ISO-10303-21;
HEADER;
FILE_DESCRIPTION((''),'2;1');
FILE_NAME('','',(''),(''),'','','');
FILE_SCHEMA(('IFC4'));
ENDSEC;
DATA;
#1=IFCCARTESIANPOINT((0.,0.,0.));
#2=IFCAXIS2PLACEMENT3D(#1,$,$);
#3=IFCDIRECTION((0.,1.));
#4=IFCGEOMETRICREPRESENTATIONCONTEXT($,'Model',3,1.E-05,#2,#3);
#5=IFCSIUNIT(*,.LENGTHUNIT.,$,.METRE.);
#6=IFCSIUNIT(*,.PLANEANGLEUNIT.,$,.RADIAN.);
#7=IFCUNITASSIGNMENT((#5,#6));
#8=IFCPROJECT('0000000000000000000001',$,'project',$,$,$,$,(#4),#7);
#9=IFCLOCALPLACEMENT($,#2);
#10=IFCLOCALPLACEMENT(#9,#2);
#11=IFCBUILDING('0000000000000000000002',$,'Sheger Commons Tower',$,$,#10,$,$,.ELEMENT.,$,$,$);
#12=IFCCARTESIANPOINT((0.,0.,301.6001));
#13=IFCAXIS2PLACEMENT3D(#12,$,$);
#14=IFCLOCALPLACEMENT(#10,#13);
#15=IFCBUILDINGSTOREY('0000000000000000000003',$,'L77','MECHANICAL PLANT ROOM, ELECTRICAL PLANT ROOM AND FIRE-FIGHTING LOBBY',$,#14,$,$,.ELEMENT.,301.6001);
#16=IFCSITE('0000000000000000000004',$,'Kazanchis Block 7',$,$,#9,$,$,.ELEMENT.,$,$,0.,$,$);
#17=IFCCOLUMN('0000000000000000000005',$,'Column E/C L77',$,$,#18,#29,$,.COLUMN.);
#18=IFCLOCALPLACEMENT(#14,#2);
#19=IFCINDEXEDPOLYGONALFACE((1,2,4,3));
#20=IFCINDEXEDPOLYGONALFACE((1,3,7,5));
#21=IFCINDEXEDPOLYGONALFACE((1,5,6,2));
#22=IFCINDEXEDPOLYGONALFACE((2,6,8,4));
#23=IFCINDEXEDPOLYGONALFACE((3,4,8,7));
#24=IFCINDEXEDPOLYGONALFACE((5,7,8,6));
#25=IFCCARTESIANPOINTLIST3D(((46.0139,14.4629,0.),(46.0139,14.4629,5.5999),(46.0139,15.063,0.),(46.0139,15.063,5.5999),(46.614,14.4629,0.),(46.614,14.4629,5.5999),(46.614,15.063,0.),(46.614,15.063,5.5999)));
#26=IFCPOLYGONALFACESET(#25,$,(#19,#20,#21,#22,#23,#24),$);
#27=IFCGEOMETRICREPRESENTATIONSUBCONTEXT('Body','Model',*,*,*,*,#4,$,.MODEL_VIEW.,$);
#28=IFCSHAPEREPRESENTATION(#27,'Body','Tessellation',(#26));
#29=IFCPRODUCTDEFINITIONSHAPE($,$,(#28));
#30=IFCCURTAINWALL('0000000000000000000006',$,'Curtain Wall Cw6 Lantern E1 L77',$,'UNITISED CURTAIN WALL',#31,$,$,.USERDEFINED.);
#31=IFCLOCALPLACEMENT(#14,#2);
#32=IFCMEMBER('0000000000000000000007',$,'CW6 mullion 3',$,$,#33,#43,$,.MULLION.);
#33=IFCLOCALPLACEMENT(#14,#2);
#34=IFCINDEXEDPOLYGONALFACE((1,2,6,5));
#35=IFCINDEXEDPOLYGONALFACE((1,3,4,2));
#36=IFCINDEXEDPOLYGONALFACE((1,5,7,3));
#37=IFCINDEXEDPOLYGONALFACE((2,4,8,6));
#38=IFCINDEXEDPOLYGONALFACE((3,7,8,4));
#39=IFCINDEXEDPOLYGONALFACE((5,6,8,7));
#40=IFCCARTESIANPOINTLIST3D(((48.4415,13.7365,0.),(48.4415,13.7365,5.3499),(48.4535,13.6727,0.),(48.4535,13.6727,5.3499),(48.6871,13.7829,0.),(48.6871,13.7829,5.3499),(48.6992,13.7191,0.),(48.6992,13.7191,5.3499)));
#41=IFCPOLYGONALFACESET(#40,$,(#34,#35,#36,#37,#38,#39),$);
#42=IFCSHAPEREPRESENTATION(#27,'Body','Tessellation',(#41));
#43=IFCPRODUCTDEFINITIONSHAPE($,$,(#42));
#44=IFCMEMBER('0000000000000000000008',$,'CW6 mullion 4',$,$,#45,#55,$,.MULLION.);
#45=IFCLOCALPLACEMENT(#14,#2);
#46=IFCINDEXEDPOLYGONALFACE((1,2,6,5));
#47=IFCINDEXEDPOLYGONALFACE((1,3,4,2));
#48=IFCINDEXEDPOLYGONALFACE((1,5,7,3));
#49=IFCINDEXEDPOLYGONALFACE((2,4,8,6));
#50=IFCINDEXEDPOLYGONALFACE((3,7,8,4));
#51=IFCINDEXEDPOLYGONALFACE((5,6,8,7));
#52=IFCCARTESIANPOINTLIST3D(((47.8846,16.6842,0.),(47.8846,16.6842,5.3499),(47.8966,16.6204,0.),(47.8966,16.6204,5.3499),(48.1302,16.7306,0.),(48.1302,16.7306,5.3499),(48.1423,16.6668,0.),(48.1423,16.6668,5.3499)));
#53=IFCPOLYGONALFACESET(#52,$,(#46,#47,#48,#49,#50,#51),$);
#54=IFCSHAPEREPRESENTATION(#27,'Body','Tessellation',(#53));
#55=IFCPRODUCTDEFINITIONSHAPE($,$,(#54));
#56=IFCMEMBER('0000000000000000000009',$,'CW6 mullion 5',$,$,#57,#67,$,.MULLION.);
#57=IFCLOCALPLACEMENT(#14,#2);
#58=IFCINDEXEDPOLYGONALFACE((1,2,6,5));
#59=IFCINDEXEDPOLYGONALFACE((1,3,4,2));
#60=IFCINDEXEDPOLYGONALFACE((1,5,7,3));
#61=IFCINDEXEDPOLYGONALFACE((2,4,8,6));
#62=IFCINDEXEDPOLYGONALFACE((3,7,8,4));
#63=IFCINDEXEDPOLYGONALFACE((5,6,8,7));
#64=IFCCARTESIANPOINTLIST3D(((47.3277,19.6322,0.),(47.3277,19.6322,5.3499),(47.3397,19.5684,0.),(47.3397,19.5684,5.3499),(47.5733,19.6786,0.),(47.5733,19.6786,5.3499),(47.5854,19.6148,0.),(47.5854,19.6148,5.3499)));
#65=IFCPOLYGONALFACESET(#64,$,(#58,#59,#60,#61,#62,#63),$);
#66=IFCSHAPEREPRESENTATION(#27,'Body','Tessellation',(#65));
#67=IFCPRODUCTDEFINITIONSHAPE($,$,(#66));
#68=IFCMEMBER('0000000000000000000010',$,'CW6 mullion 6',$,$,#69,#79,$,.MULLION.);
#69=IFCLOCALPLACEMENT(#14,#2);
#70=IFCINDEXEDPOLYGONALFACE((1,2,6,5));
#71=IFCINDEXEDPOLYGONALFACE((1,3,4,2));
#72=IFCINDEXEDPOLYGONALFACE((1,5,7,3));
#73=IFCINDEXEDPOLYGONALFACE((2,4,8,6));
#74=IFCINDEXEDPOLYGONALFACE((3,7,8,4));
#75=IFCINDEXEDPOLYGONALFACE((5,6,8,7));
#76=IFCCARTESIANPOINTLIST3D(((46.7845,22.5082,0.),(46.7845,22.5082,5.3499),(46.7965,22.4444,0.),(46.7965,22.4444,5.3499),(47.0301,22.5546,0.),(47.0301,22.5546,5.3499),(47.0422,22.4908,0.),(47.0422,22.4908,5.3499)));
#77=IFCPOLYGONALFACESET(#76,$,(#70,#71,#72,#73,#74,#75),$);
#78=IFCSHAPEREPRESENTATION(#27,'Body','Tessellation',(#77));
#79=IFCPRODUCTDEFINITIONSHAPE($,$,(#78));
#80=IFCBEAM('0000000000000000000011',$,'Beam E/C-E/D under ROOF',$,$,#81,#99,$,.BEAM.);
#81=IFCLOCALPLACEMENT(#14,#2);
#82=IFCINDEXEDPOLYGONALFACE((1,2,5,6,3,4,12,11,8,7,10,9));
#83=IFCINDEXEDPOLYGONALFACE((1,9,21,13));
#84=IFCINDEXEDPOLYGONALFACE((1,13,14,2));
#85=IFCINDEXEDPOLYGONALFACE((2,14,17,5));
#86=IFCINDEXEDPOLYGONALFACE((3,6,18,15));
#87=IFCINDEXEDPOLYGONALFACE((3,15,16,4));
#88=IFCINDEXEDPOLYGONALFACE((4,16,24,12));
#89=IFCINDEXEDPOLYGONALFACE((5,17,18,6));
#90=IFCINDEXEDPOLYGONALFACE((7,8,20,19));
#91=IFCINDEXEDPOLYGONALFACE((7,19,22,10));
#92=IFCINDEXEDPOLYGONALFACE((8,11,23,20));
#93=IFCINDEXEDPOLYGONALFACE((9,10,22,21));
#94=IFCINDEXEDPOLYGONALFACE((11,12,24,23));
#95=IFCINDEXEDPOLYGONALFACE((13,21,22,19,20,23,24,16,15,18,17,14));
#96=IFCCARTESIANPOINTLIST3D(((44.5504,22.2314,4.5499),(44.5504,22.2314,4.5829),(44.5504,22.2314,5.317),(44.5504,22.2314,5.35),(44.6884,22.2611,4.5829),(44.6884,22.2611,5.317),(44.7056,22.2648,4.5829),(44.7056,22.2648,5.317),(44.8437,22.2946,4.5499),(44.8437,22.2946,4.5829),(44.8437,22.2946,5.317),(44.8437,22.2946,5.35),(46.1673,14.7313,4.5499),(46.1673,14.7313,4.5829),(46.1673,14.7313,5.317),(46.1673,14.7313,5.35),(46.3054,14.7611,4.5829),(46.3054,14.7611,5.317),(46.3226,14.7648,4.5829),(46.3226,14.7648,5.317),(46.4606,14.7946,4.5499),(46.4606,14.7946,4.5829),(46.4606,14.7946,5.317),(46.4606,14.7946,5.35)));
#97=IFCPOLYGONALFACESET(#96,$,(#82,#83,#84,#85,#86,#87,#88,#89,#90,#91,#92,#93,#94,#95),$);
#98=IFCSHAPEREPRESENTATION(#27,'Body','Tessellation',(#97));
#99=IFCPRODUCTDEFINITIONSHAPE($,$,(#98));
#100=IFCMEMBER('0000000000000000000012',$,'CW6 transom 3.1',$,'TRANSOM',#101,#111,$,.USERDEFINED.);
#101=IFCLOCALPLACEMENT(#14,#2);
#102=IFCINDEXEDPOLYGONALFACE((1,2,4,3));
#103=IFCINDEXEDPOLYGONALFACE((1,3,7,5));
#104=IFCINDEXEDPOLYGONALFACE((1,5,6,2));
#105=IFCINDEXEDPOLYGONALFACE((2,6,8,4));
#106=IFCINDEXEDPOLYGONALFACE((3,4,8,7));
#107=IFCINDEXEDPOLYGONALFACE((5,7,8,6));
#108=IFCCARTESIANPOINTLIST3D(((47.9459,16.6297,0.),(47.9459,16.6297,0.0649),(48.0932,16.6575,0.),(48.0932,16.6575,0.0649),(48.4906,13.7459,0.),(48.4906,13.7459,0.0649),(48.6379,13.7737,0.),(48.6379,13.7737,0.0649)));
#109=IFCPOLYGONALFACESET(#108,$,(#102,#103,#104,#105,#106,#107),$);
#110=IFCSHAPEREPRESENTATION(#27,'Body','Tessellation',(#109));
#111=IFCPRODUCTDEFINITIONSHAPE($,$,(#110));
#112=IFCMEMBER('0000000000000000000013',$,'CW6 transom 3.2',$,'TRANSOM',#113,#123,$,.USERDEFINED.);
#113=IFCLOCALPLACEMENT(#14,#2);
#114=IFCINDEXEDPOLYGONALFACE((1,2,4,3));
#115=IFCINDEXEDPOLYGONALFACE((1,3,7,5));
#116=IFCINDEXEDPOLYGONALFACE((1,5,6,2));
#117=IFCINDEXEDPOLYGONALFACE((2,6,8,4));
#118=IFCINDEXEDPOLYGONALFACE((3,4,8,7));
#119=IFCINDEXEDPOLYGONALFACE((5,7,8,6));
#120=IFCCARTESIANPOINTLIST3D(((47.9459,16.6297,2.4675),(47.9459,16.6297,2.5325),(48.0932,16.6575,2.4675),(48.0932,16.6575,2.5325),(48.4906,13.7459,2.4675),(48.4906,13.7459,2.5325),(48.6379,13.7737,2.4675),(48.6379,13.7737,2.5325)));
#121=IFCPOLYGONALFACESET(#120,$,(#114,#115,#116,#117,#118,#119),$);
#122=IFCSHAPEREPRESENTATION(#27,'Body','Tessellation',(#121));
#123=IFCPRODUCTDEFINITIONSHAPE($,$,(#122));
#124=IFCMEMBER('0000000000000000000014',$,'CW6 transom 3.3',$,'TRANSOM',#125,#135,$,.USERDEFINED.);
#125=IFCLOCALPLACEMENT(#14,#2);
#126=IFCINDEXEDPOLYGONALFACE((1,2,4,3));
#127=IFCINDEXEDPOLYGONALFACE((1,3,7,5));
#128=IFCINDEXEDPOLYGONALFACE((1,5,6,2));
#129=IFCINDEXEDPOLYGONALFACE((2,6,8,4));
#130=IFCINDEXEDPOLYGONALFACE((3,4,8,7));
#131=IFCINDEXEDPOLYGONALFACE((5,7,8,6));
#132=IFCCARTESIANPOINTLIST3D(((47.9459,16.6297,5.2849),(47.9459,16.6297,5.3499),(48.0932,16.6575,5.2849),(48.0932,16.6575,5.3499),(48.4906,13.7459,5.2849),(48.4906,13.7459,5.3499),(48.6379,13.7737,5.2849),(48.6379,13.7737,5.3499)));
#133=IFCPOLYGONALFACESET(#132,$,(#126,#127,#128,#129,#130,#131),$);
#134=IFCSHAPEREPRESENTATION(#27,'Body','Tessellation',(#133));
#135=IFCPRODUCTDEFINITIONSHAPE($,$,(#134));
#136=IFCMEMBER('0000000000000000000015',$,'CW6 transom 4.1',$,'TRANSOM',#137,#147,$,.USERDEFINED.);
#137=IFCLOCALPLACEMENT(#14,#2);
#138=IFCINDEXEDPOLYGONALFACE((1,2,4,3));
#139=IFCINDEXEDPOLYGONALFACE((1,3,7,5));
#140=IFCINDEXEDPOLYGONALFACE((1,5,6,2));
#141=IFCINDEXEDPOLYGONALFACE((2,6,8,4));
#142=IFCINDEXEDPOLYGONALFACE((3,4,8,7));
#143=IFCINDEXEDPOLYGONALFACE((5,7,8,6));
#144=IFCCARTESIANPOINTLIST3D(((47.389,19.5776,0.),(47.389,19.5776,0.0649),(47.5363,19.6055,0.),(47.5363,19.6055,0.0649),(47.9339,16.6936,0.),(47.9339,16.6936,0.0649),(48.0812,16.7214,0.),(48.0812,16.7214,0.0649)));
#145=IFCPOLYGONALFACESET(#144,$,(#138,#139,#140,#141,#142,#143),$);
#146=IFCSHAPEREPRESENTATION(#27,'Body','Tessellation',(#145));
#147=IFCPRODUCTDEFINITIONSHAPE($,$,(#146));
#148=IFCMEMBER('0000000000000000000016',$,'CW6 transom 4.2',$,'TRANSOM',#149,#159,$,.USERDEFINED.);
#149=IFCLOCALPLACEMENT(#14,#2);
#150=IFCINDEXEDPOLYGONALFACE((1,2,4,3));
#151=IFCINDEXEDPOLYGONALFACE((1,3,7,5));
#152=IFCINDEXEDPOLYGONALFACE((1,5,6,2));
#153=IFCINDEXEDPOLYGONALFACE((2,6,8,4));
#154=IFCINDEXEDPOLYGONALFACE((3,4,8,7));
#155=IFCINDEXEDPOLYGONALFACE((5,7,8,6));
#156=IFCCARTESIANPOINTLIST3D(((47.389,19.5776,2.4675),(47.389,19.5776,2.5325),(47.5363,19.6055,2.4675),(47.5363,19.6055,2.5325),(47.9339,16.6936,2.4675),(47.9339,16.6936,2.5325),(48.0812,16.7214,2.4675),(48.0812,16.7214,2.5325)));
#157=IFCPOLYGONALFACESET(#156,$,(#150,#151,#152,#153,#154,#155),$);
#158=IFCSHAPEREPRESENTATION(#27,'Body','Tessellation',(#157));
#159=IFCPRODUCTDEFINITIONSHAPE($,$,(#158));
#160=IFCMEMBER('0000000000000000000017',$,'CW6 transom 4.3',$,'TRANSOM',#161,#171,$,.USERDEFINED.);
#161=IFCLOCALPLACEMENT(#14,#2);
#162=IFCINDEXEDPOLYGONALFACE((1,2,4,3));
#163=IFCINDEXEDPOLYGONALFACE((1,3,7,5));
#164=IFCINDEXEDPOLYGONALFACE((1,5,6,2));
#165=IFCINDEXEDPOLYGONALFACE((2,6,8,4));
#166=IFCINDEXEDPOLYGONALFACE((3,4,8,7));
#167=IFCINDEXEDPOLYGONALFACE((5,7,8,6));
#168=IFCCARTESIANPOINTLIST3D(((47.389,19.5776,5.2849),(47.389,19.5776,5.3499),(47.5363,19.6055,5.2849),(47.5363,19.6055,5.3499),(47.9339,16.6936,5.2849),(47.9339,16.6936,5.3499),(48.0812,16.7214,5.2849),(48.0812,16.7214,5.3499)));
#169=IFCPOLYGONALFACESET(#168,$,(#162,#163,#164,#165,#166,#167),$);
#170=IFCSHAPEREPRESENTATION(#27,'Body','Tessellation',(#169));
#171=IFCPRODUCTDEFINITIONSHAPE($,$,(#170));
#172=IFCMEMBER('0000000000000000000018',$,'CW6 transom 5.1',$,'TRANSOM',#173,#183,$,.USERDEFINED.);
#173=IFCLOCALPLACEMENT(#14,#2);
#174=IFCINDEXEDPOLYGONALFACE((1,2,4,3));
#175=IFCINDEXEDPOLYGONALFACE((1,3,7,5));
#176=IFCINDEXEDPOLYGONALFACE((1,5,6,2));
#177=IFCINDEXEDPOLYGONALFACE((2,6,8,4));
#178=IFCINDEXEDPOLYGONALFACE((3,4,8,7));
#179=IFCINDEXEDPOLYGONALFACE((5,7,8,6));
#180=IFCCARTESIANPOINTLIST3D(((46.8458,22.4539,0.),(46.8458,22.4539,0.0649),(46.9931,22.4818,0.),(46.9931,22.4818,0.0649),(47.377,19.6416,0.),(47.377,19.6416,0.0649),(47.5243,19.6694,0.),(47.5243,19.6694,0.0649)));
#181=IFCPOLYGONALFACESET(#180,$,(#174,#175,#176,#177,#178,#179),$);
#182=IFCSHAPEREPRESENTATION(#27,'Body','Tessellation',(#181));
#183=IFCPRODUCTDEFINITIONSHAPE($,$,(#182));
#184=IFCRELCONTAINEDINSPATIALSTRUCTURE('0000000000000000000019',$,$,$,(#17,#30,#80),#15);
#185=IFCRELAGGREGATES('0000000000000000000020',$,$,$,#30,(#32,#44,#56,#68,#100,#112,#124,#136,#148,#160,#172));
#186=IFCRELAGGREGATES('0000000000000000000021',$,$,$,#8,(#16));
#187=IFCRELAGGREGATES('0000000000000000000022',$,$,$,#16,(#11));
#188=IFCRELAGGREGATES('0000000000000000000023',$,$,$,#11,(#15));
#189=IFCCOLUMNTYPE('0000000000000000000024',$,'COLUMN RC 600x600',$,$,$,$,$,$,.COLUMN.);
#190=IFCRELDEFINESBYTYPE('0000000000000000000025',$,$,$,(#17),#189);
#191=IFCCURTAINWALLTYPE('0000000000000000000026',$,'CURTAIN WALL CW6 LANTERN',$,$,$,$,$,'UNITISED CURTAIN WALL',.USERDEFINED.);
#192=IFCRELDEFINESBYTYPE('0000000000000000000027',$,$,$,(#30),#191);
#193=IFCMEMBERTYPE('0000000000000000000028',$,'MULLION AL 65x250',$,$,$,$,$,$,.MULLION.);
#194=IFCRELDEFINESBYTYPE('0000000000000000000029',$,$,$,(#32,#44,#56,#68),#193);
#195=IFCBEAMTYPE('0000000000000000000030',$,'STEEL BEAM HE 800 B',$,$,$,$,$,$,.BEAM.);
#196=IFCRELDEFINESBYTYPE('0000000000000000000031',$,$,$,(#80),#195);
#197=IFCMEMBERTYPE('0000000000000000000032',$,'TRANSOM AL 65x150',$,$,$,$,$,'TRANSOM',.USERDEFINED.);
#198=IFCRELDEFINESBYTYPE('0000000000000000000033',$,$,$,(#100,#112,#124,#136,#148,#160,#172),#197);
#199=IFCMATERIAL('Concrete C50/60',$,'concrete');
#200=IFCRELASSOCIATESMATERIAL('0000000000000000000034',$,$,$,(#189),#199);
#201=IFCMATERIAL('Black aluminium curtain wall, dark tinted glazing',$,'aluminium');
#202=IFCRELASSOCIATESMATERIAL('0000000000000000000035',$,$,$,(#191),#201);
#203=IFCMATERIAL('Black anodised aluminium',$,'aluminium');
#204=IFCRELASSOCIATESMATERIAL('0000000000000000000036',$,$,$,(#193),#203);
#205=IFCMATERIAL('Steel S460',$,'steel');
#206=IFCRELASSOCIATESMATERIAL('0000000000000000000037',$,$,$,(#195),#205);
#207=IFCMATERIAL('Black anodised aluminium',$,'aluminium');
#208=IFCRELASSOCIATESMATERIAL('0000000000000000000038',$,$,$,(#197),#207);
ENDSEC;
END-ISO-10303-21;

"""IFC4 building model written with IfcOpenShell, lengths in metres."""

from ifc_helpers import new_model, si_unit, direction, frame, origin, origin_2d, place, context, subcontext, project, spatial, rectangle, i_section, extrude, material, material_profile, profile_set, type_object, element, aggregate, save


model = new_model("IFC4")

# Units and contexts
model_context = context("Model", 3, precision=1e-05, world=origin(), true_north=direction((0.0, 1.0)))
body_context = subcontext(model_context, "Body", "Model", "MODEL_VIEW")
ifc_project = project(units=[si_unit("LENGTHUNIT", "METRE"), si_unit("PLANEANGLEUNIT", "RADIAN")], contexts=[model_context])

# Site, building, storey
site_placement = place(None, origin())
site = spatial("IfcSite", under=ifc_project, at=site_placement, Name="Kazanchis Block 7", CompositionType="ELEMENT", RefElevation=0.0)
building_placement = place(site_placement, origin())
building = spatial("IfcBuilding", under=site, at=building_placement, Name="Sheger Commons Tower", CompositionType="ELEMENT")
storey_placement = place(building_placement, frame((0.0, 0.0, 301.6001)))
storey = spatial("IfcBuildingStorey", under=building, at=storey_placement, Name="L77", Description="MECHANICAL PLANT ROOM, ELECTRICAL PLANT ROOM AND FIRE-FIGHTING LOBBY", CompositionType="ELEMENT", Elevation=301.6001)

# Column
ifc_material_1 = material(Name="Concrete C50/60", Category="concrete")
ifc_material_profile_1 = material_profile(ifc_material_1, rectangle(XDim=0.6001, YDim=0.6001, at=origin_2d()), Name="RC 600x600")
ifc_profile_set_1 = profile_set([ifc_material_profile_1], Name="Concrete C50/60")
column_type = type_object("IfcColumnType", Name="COLUMN RC 600x600", PredefinedType="COLUMN", material=ifc_profile_set_1)
column_placement = place(storey_placement, frame((46.314, 14.7629, 0.0), z_axis=(0.0, 0.0, 1.0), x_axis=(1.0, 0.0, 0.0)))
element("IfcColumn", 1, at=column_placement, inside=storey, type_object=column_type, Name="Column E/C L77", PredefinedType="COLUMN", context=body_context, shape_type="SweptSolid", body=[
    extrude(rectangle(XDim=0.6001, YDim=0.6001, at=origin_2d()), origin(), (0.0, 0.0, 1.0), 5.5999),
])

# Curtain wall, members
ifc_material_2 = material(Name="Black aluminium curtain wall, dark tinted glazing", Category="aluminium")
curtain_wall_type = type_object("IfcCurtainWallType", Name="CURTAIN WALL CW6 LANTERN", ElementType="UNITISED CURTAIN WALL", PredefinedType="USERDEFINED", material=ifc_material_2)
curtain_wall_placement = place(storey_placement, origin())
curtain_wall = element("IfcCurtainWall", 2, at=curtain_wall_placement, inside=storey, type_object=curtain_wall_type, Name="Curtain Wall Cw6 Lantern E1 L77", ObjectType="UNITISED CURTAIN WALL", PredefinedType="USERDEFINED")
ifc_material_3 = material(Name="Black anodised aluminium", Category="aluminium")
ifc_material_profile_2 = material_profile(ifc_material_3, rectangle(XDim=0.25, YDim=0.0649, at=origin_2d()), Name="AL 65x250")
ifc_profile_set_2 = profile_set([ifc_material_profile_2], Name="Black anodised aluminium")
member_type_1 = type_object("IfcMemberType", Name="MULLION AL 65x250", PredefinedType="MULLION", material=ifc_profile_set_2)
member_1_placement = place(storey_placement, frame((48.5703, 13.7278, 0.0), z_axis=(0.0, 0.0, 1.0), x_axis=(-0.982623, -0.185613, 0.0)))
member_1 = element("IfcMember", 3, at=member_1_placement, type_object=member_type_1, Name="CW6 mullion 3", PredefinedType="MULLION", context=body_context, shape_type="SweptSolid", body=[
    extrude(rectangle(XDim=0.25, YDim=0.0649, at=origin_2d()), origin(), (0.0, 0.0, 1.0), 5.3499),
])
member_2_placement = place(storey_placement, frame((48.0134, 16.6755, 0.0), z_axis=(0.0, 0.0, 1.0), x_axis=(-0.982623, -0.185613, 0.0)))
member_2 = element("IfcMember", 4, at=member_2_placement, type_object=member_type_1, Name="CW6 mullion 4", PredefinedType="MULLION", context=body_context, shape_type="SweptSolid", body=[
    extrude(rectangle(XDim=0.25, YDim=0.0649, at=origin_2d()), origin(), (0.0, 0.0, 1.0), 5.3499),
])
member_3_placement = place(storey_placement, frame((47.4565, 19.6235, 0.0), z_axis=(0.0, 0.0, 1.0), x_axis=(-0.982623, -0.185613, 0.0)))
member_3 = element("IfcMember", 5, at=member_3_placement, type_object=member_type_1, Name="CW6 mullion 5", PredefinedType="MULLION", context=body_context, shape_type="SweptSolid", body=[
    extrude(rectangle(XDim=0.25, YDim=0.0649, at=origin_2d()), origin(), (0.0, 0.0, 1.0), 5.3499),
])
member_4_placement = place(storey_placement, frame((46.9133, 22.4995, 0.0), z_axis=(0.0, 0.0, 1.0), x_axis=(-0.982623, -0.185613, 0.0)))
member_4 = element("IfcMember", 6, at=member_4_placement, type_object=member_type_1, Name="CW6 mullion 6", PredefinedType="MULLION", context=body_context, shape_type="SweptSolid", body=[
    extrude(rectangle(XDim=0.25, YDim=0.0649, at=origin_2d()), origin(), (0.0, 0.0, 1.0), 5.3499),
])

# Beam
ifc_material_4 = material(Name="Steel S460", Category="steel")
ifc_material_profile_3 = material_profile(ifc_material_4, i_section(OverallWidth=0.3, OverallDepth=0.8, WebThickness=0.0176, FlangeThickness=0.033, at=origin_2d()), Name="HE 800 B")
ifc_profile_set_3 = profile_set([ifc_material_profile_3], Name="Steel S460")
beam_type = type_object("IfcBeamType", Name="STEEL BEAM HE 800 B", PredefinedType="BEAM", material=ifc_profile_set_3)
beam_placement = place(storey_placement, frame((46.314, 14.7629, 4.95), z_axis=(-0.21075, 0.97754, 0.0), x_axis=(-0.97754, -0.21075, 0.0)))
element("IfcBeam", 7, at=beam_placement, inside=storey, type_object=beam_type, Name="Beam E/C-E/D under ROOF", PredefinedType="BEAM", context=body_context, shape_type="SweptSolid", body=[
    extrude(i_section(OverallWidth=0.3, OverallDepth=0.8, WebThickness=0.0176, FlangeThickness=0.033, at=origin_2d()), origin(), (0.0, 0.0, 1.0), 7.6724),
])

# Members
ifc_material_5 = material(Name="Black anodised aluminium", Category="aluminium")
ifc_material_profile_4 = material_profile(ifc_material_5, rectangle(XDim=0.1499, YDim=0.0649, at=origin_2d()), Name="AL 65x150")
ifc_profile_set_4 = profile_set([ifc_material_profile_4], Name="Black anodised aluminium")
member_type_2 = type_object("IfcMemberType", Name="TRANSOM AL 65x150", ElementType="TRANSOM", PredefinedType="USERDEFINED", material=ifc_profile_set_4)
member_5_placement = place(storey_placement, frame((48.5642, 13.7598, 0.0325), z_axis=(-0.185594, 0.982626, 0.0), x_axis=(-0.982626, -0.185594, 0.0)))
member_5 = element("IfcMember", 8, at=member_5_placement, type_object=member_type_2, Name="CW6 transom 3.1", ObjectType="TRANSOM", PredefinedType="USERDEFINED", context=body_context, shape_type="SweptSolid", body=[
    extrude(rectangle(XDim=0.1499, YDim=0.0649, at=origin_2d()), origin(), (0.0, 0.0, 1.0), 2.9348),
])
member_6_placement = place(storey_placement, frame((48.5642, 13.7598, 2.5), z_axis=(-0.185594, 0.982626, 0.0), x_axis=(-0.982626, -0.185594, 0.0)))
member_6 = element("IfcMember", 9, at=member_6_placement, type_object=member_type_2, Name="CW6 transom 3.2", ObjectType="TRANSOM", PredefinedType="USERDEFINED", context=body_context, shape_type="SweptSolid", body=[
    extrude(rectangle(XDim=0.1499, YDim=0.0649, at=origin_2d()), origin(), (0.0, 0.0, 1.0), 2.9348),
])
member_7_placement = place(storey_placement, frame((48.5642, 13.7598, 5.3174), z_axis=(-0.185594, 0.982626, 0.0), x_axis=(-0.982626, -0.185594, 0.0)))
member_7 = element("IfcMember", 10, at=member_7_placement, type_object=member_type_2, Name="CW6 transom 3.3", ObjectType="TRANSOM", PredefinedType="USERDEFINED", context=body_context, shape_type="SweptSolid", body=[
    extrude(rectangle(XDim=0.1499, YDim=0.0649, at=origin_2d()), origin(), (0.0, 0.0, 1.0), 2.9348),
])
member_8_placement = place(storey_placement, frame((48.0076, 16.7075, 0.0325), z_axis=(-0.185659, 0.982614, 0.0), x_axis=(-0.982614, -0.185659, 0.0)))
member_8 = element("IfcMember", 11, at=member_8_placement, type_object=member_type_2, Name="CW6 transom 4.1", ObjectType="TRANSOM", PredefinedType="USERDEFINED", context=body_context, shape_type="SweptSolid", body=[
    extrude(rectangle(XDim=0.1499, YDim=0.0649, at=origin_2d()), origin(), (0.0, 0.0, 1.0), 2.9351),
])
member_9_placement = place(storey_placement, frame((48.0076, 16.7075, 2.5), z_axis=(-0.185659, 0.982614, 0.0), x_axis=(-0.982614, -0.185659, 0.0)))
member_9 = element("IfcMember", 12, at=member_9_placement, type_object=member_type_2, Name="CW6 transom 4.2", ObjectType="TRANSOM", PredefinedType="USERDEFINED", context=body_context, shape_type="SweptSolid", body=[
    extrude(rectangle(XDim=0.1499, YDim=0.0649, at=origin_2d()), origin(), (0.0, 0.0, 1.0), 2.9351),
])
member_10_placement = place(storey_placement, frame((48.0076, 16.7075, 5.3174), z_axis=(-0.185659, 0.982614, 0.0), x_axis=(-0.982614, -0.185659, 0.0)))
member_10 = element("IfcMember", 13, at=member_10_placement, type_object=member_type_2, Name="CW6 transom 4.3", ObjectType="TRANSOM", PredefinedType="USERDEFINED", context=body_context, shape_type="SweptSolid", body=[
    extrude(rectangle(XDim=0.1499, YDim=0.0649, at=origin_2d()), origin(), (0.0, 0.0, 1.0), 2.9351),
])
member_11_placement = place(storey_placement, frame((47.4507, 19.6555, 0.0325), z_axis=(-0.185622, 0.982621, 0.0), x_axis=(-0.982621, -0.185622, 0.0)))
member_11 = element("IfcMember", 14, at=member_11_placement, type_object=member_type_2, Name="CW6 transom 5.1", ObjectType="TRANSOM", PredefinedType="USERDEFINED", context=body_context, shape_type="SweptSolid", body=[
    extrude(rectangle(XDim=0.1499, YDim=0.0649, at=origin_2d()), origin(), (0.0, 0.0, 1.0), 2.8621),
])

aggregate(curtain_wall, [member_1, member_2, member_3, member_4, member_5, member_6, member_7, member_8, member_9, member_10, member_11])

save(model, "model.ifc")
